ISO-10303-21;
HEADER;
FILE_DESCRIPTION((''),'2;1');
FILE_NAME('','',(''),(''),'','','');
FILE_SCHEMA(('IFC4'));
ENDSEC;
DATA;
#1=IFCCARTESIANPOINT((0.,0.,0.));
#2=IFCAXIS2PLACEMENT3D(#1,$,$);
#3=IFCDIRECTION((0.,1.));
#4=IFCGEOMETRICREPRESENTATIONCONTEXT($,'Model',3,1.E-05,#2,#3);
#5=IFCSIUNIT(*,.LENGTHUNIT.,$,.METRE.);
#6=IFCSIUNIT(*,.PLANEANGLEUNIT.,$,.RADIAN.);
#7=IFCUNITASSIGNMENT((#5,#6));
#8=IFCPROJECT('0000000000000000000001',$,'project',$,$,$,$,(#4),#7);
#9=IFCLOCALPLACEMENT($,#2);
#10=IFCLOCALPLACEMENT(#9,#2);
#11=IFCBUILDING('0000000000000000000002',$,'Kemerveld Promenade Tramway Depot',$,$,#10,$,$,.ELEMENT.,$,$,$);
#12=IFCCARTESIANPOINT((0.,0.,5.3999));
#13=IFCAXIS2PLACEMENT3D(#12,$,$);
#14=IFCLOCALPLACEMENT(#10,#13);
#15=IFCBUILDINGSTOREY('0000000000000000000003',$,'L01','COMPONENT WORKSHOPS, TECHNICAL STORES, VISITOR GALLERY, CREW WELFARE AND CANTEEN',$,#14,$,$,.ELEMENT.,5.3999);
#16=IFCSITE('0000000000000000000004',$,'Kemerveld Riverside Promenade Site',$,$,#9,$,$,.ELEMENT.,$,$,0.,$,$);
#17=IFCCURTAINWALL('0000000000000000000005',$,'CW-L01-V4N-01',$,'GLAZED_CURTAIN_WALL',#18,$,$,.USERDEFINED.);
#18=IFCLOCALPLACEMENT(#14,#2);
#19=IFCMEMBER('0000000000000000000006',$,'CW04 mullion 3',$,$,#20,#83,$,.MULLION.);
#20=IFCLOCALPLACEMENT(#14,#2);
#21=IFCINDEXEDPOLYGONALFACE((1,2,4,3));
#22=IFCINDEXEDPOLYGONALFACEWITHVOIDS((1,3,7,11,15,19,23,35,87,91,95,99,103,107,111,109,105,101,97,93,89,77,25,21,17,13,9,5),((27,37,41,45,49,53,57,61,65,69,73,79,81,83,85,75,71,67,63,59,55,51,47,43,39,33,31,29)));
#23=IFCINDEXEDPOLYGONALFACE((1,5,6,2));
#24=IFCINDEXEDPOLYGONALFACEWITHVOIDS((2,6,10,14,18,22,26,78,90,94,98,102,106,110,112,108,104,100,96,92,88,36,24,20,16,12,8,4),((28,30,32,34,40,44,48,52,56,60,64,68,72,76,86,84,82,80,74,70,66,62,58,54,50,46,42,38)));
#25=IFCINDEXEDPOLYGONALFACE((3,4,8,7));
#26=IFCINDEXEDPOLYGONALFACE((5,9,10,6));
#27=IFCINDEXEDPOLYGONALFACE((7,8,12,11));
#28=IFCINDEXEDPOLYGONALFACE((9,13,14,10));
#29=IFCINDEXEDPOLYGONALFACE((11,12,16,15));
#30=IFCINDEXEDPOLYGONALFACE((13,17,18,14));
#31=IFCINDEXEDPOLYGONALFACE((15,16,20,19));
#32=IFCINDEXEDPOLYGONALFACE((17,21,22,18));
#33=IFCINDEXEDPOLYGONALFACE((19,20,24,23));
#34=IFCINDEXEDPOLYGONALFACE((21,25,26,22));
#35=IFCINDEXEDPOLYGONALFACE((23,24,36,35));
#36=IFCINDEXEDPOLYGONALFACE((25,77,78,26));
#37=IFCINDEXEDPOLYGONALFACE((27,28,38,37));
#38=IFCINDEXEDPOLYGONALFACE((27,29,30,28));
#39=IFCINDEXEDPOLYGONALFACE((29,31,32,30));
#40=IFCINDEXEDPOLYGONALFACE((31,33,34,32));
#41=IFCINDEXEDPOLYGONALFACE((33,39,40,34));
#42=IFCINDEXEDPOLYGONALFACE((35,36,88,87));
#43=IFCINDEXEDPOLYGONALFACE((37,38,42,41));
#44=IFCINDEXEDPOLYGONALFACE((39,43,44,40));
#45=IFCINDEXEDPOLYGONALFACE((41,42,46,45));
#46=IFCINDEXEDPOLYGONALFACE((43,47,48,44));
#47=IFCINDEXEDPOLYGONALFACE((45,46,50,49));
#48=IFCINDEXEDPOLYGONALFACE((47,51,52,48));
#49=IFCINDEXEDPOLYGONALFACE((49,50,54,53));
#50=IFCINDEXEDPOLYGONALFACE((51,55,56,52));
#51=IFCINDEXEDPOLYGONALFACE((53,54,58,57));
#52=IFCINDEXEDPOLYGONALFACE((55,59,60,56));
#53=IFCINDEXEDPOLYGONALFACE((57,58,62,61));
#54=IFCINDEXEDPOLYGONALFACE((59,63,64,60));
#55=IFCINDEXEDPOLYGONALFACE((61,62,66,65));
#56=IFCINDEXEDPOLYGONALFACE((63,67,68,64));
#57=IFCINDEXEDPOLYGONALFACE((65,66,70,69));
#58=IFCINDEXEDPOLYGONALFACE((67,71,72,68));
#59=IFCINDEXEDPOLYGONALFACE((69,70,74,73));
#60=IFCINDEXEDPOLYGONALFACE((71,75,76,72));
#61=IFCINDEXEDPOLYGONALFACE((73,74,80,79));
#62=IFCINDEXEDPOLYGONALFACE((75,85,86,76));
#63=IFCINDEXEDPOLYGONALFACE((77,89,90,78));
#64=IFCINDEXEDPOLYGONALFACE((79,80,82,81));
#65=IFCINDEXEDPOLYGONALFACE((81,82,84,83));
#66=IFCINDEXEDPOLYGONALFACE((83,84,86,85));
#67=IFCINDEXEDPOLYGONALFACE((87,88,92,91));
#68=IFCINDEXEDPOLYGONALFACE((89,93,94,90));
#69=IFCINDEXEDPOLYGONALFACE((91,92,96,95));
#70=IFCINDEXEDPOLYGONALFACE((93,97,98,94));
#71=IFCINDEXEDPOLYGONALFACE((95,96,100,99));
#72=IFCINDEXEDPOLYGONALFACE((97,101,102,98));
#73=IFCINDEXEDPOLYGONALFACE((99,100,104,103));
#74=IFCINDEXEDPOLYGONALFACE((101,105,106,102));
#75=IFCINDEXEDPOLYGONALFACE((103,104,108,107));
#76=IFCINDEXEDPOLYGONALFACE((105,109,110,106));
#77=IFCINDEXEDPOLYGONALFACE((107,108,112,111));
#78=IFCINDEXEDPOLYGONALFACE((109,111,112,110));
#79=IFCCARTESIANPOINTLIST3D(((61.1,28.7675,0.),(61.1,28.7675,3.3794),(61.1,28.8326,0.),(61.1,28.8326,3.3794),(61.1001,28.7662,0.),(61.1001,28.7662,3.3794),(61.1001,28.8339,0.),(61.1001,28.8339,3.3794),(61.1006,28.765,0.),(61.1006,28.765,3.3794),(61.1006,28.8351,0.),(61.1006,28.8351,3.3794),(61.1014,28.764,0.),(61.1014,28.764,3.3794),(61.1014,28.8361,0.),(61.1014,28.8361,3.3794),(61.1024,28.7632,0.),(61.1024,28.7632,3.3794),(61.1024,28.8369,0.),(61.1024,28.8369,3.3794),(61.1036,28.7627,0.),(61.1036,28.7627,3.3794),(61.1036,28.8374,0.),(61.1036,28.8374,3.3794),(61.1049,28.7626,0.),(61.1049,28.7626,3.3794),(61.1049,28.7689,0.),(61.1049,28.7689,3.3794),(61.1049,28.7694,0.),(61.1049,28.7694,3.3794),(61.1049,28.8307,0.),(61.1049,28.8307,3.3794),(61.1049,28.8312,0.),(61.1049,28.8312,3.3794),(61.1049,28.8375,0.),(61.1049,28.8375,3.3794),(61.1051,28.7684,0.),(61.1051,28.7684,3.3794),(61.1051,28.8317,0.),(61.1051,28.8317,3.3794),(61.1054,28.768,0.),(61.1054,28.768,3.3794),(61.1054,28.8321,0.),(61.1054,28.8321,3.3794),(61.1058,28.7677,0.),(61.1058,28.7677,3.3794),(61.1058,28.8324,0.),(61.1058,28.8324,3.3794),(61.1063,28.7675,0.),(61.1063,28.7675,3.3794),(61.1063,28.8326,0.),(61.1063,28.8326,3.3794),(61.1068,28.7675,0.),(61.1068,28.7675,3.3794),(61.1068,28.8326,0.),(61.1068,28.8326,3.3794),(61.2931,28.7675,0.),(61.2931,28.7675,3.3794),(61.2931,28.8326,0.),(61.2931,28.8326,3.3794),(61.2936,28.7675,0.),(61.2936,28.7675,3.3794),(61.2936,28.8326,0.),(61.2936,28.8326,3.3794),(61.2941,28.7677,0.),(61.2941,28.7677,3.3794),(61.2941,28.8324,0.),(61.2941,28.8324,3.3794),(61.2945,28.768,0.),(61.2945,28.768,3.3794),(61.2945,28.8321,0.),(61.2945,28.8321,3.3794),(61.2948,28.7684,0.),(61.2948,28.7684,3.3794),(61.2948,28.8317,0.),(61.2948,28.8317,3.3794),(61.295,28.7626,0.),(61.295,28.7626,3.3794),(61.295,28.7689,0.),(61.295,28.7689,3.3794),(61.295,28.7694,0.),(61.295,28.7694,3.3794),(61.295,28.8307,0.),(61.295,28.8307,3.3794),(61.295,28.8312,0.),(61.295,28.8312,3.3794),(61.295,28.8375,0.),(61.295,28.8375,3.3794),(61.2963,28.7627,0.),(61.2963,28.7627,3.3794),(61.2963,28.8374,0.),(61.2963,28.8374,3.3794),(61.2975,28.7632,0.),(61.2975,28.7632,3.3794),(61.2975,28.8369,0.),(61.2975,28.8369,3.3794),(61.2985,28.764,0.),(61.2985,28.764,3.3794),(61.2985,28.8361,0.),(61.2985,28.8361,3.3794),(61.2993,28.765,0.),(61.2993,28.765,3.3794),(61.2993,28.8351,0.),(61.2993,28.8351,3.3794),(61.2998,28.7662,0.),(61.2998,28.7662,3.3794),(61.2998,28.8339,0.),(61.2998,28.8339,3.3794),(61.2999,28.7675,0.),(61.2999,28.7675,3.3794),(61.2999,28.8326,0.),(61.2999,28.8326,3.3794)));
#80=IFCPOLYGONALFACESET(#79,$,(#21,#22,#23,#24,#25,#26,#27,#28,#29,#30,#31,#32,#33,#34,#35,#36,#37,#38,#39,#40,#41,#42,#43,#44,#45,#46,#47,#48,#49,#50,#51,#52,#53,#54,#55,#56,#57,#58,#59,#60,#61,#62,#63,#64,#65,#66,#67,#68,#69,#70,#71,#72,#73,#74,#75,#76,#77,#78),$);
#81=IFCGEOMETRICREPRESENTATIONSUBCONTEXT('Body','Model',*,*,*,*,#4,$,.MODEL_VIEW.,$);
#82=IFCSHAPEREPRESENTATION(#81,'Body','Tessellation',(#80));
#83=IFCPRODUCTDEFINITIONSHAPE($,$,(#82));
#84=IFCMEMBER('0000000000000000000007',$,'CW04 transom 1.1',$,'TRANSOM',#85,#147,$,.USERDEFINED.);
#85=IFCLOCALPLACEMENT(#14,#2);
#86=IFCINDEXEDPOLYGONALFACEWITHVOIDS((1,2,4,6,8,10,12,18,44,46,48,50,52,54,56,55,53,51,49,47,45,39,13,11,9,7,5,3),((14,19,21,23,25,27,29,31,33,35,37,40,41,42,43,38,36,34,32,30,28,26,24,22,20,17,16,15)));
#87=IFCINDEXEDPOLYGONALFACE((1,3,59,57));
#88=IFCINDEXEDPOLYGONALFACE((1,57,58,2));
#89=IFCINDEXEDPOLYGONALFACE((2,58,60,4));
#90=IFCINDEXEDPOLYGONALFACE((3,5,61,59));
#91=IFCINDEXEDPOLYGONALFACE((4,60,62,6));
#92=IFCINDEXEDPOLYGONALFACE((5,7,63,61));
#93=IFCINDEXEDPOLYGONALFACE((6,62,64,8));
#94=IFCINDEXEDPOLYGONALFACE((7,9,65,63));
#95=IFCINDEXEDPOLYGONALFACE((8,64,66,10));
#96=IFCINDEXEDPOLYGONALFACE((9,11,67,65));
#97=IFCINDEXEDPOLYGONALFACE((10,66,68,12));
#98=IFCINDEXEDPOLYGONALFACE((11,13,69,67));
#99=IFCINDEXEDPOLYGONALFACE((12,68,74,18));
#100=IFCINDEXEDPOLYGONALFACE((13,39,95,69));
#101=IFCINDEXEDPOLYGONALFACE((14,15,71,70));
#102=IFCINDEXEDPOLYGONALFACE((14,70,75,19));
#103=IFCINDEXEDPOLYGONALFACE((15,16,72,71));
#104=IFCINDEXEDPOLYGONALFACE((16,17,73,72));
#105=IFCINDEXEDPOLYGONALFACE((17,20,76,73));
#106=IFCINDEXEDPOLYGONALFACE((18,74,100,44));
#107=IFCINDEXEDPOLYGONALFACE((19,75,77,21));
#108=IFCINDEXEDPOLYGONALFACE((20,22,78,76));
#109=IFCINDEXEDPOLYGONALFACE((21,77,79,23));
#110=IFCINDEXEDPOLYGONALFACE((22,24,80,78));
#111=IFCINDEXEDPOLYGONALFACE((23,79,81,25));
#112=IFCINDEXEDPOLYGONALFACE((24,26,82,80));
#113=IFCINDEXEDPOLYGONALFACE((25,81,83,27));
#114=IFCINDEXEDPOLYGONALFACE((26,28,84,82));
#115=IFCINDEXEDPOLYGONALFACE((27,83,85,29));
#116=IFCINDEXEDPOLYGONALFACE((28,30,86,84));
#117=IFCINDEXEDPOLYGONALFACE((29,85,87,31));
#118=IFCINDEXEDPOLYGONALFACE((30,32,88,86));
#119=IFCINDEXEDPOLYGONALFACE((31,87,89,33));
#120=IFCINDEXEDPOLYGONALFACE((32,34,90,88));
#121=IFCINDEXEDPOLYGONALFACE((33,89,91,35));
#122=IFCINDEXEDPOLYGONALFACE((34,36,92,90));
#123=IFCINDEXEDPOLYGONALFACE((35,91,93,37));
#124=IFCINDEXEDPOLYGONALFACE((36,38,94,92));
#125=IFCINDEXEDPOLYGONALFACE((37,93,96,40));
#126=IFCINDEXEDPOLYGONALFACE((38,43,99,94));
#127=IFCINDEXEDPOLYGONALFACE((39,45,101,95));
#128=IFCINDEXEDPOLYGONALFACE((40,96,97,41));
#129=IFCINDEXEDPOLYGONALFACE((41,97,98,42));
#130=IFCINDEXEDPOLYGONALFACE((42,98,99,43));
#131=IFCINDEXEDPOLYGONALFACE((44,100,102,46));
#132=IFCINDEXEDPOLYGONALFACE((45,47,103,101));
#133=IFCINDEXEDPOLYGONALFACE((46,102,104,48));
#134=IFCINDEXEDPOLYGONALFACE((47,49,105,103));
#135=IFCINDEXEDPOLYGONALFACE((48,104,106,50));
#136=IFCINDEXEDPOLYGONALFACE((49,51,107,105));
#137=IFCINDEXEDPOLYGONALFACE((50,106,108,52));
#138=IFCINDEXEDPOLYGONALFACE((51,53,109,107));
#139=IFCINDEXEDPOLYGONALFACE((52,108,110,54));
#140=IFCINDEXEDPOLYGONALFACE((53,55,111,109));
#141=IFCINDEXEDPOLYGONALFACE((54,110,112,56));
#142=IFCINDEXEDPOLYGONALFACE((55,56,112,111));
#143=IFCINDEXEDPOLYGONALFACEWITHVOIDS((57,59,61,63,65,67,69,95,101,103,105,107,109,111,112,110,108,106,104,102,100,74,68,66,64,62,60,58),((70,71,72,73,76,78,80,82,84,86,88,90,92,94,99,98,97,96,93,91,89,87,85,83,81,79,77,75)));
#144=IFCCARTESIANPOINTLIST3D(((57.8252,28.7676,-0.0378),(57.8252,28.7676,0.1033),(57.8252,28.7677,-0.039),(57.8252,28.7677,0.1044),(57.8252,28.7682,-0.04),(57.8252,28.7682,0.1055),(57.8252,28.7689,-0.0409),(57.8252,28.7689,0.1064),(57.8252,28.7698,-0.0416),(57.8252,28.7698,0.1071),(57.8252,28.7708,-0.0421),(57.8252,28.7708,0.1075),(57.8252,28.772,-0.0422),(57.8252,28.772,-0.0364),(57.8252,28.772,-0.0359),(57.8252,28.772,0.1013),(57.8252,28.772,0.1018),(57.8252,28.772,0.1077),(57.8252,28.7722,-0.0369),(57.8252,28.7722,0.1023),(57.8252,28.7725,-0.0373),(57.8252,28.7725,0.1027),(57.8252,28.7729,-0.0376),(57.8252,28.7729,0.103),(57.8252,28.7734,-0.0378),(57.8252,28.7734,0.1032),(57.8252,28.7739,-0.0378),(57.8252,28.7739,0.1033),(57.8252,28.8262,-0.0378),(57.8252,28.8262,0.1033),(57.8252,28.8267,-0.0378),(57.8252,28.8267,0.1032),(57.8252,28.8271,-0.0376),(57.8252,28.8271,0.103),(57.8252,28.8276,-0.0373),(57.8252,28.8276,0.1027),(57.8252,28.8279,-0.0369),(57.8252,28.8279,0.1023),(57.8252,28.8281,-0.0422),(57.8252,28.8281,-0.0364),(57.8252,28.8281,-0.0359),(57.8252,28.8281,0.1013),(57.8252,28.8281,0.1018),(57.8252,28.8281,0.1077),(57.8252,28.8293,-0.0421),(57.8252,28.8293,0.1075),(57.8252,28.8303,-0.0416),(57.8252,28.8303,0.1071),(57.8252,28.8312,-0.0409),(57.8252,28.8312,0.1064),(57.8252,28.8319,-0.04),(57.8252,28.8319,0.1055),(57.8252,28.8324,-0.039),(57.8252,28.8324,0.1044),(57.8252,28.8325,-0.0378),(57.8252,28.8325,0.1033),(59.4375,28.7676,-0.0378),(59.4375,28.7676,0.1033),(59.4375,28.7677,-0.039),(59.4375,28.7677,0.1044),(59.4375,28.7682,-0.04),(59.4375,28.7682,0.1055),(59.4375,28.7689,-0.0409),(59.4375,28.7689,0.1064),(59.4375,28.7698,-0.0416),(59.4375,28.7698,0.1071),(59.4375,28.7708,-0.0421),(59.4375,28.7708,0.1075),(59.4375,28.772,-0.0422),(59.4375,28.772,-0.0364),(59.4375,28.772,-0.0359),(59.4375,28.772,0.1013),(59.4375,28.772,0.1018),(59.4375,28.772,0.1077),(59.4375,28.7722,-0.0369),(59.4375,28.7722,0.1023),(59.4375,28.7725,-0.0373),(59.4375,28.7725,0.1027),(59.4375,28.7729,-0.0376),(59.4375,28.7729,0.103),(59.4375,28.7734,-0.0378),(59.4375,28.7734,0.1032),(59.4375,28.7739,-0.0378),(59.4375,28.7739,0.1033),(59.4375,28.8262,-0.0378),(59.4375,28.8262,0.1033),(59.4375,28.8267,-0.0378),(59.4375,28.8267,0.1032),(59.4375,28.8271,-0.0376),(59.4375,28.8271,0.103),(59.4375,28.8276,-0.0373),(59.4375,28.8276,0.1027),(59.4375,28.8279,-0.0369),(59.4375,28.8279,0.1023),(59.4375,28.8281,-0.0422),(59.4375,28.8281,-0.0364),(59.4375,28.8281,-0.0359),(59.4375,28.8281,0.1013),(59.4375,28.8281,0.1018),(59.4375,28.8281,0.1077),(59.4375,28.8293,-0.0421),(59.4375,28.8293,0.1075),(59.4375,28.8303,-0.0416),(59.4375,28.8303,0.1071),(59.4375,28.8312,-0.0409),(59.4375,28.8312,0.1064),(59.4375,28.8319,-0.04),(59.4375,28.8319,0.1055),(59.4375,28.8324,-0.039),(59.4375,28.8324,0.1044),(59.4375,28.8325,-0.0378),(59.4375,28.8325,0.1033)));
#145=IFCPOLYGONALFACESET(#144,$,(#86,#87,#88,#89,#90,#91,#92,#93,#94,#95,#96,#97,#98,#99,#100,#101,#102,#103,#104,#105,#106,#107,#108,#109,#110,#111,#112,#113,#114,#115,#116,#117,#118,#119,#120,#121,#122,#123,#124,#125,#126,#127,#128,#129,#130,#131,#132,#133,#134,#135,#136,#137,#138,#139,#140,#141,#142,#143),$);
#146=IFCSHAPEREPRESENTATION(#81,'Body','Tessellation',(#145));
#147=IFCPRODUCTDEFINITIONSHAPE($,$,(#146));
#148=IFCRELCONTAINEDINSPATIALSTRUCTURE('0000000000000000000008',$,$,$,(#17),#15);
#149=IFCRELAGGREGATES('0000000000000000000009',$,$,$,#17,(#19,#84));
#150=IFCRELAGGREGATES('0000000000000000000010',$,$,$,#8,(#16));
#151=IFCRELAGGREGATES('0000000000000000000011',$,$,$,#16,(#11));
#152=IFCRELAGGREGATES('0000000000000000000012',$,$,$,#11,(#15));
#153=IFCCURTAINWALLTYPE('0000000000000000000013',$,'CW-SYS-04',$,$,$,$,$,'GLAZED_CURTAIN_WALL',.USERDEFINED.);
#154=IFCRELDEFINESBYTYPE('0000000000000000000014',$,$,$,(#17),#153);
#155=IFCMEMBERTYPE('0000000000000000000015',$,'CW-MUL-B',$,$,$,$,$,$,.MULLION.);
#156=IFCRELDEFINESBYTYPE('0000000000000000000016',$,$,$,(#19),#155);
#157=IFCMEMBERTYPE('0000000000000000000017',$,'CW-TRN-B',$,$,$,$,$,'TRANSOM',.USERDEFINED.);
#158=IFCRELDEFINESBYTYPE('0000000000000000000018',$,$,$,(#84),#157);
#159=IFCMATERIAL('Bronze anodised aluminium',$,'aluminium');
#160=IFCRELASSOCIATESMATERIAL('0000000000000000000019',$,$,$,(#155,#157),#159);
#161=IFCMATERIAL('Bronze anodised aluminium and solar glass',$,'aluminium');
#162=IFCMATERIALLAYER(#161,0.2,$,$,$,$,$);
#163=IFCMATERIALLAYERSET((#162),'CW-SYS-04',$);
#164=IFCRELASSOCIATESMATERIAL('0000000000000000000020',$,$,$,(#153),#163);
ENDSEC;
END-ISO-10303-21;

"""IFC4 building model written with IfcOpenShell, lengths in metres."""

from ifc_helpers import new_model, si_unit, direction, frame, origin, origin_2d, place, context, subcontext, project, spatial, hollow_rectangle, extrude, material, layer, layer_set, material_profile, profile_set, type_object, element, aggregate, save


model = new_model("IFC4")

# Units and contexts
model_context = context("Model", 3, precision=1e-05, world=origin(), true_north=direction((0.0, 1.0)))
body_context = subcontext(model_context, "Body", "Model", "MODEL_VIEW")
ifc_project = project(units=[si_unit("LENGTHUNIT", "METRE"), si_unit("PLANEANGLEUNIT", "RADIAN")], contexts=[model_context])

# Site, building, storey
site_placement = place(None, origin())
site = spatial("IfcSite", under=ifc_project, at=site_placement, Name="Kemerveld Riverside Promenade Site", CompositionType="ELEMENT", RefElevation=0.0)
building_placement = place(site_placement, origin())
building = spatial("IfcBuilding", under=site, at=building_placement, Name="Kemerveld Promenade Tramway Depot", CompositionType="ELEMENT")
storey_placement = place(building_placement, frame((0.0, 0.0, 5.3999)))
storey = spatial("IfcBuildingStorey", under=building, at=storey_placement, Name="L01", Description="COMPONENT WORKSHOPS, TECHNICAL STORES, VISITOR GALLERY, CREW WELFARE AND CANTEEN", CompositionType="ELEMENT", Elevation=5.3999)

# Shared definitions
ifc_material_1 = material(Name="Bronze anodised aluminium and solar glass", Category="aluminium")
ifc_material_2 = material(Name="Bronze anodised aluminium", Category="aluminium")
ifc_material_profile_1 = material_profile(ifc_material_2, hollow_rectangle(XDim=0.075, YDim=0.2, WallThickness=0.0049, InnerFilletRadius=0.002, OuterFilletRadius=0.0049, at=origin_2d()), Name="CW-MUL-200x75")
ifc_profile_set_1 = profile_set([ifc_material_profile_1], Name="Bronze anodised aluminium")
member_type_1 = type_object("IfcMemberType", Name="CW-MUL-B", PredefinedType="MULLION", material=ifc_profile_set_1)

# Curtain wall, members
ifc_layer_1 = layer(ifc_material_1, 0.2)
ifc_layer_set_1 = layer_set([ifc_layer_1], Name="CW-SYS-04")
curtain_wall_type_1 = type_object("IfcCurtainWallType", Name="CW-SYS-04", ElementType="GLAZED_CURTAIN_WALL", PredefinedType="USERDEFINED", material=ifc_layer_set_1)
curtain_wall_1_placement = place(storey_placement, origin())
curtain_wall_1 = element("IfcCurtainWall", 1, at=curtain_wall_1_placement, inside=storey, type_object=curtain_wall_type_1, Name="CW-L01-V4N-01", ObjectType="GLAZED_CURTAIN_WALL", PredefinedType="USERDEFINED")
member_1_placement = place(storey_placement, frame((61.2, 28.8, 0.0), z_axis=(0.0, 0.0, 1.0), x_axis=(0.0, 1.0, 0.0)))
member_1 = element("IfcMember", 2, at=member_1_placement, type_object=member_type_1, Name="CW04 mullion 3", PredefinedType="MULLION", context=body_context, shape_type="SweptSolid", body=[
    extrude(hollow_rectangle(XDim=0.075, YDim=0.2, WallThickness=0.0049, InnerFilletRadius=0.002, OuterFilletRadius=0.0049, at=origin_2d()), origin(), (0.0, 0.0, 1.0), 3.3794),
])
ifc_material_profile_2 = material_profile(ifc_material_2, hollow_rectangle(XDim=0.0649, YDim=0.1499, WallThickness=0.0044, InnerFilletRadius=0.002, OuterFilletRadius=0.0044, at=origin_2d()), Name="CW-TRN-150x65")
ifc_profile_set_2 = profile_set([ifc_material_profile_2], Name="Bronze anodised aluminium")
member_type_2 = type_object("IfcMemberType", Name="CW-TRN-B", ElementType="TRANSOM", PredefinedType="USERDEFINED", material=ifc_profile_set_2)
member_2_placement = place(storey_placement, frame((57.8252, 28.8, 0.0327), z_axis=(1.0, 0.0, 0.0), x_axis=(0.0, 1.0, 0.0)))
member_2 = element("IfcMember", 3, at=member_2_placement, type_object=member_type_2, Name="CW04 transom 1.1", ObjectType="TRANSOM", PredefinedType="USERDEFINED", context=body_context, shape_type="SweptSolid", body=[
    extrude(hollow_rectangle(XDim=0.0649, YDim=0.1499, WallThickness=0.0044, InnerFilletRadius=0.002, OuterFilletRadius=0.0044, at=origin_2d()), origin(), (0.0, 0.0, 1.0), 1.6123),
])
aggregate(curtain_wall_1, [member_1, member_2])

save(model, "model.ifc")
